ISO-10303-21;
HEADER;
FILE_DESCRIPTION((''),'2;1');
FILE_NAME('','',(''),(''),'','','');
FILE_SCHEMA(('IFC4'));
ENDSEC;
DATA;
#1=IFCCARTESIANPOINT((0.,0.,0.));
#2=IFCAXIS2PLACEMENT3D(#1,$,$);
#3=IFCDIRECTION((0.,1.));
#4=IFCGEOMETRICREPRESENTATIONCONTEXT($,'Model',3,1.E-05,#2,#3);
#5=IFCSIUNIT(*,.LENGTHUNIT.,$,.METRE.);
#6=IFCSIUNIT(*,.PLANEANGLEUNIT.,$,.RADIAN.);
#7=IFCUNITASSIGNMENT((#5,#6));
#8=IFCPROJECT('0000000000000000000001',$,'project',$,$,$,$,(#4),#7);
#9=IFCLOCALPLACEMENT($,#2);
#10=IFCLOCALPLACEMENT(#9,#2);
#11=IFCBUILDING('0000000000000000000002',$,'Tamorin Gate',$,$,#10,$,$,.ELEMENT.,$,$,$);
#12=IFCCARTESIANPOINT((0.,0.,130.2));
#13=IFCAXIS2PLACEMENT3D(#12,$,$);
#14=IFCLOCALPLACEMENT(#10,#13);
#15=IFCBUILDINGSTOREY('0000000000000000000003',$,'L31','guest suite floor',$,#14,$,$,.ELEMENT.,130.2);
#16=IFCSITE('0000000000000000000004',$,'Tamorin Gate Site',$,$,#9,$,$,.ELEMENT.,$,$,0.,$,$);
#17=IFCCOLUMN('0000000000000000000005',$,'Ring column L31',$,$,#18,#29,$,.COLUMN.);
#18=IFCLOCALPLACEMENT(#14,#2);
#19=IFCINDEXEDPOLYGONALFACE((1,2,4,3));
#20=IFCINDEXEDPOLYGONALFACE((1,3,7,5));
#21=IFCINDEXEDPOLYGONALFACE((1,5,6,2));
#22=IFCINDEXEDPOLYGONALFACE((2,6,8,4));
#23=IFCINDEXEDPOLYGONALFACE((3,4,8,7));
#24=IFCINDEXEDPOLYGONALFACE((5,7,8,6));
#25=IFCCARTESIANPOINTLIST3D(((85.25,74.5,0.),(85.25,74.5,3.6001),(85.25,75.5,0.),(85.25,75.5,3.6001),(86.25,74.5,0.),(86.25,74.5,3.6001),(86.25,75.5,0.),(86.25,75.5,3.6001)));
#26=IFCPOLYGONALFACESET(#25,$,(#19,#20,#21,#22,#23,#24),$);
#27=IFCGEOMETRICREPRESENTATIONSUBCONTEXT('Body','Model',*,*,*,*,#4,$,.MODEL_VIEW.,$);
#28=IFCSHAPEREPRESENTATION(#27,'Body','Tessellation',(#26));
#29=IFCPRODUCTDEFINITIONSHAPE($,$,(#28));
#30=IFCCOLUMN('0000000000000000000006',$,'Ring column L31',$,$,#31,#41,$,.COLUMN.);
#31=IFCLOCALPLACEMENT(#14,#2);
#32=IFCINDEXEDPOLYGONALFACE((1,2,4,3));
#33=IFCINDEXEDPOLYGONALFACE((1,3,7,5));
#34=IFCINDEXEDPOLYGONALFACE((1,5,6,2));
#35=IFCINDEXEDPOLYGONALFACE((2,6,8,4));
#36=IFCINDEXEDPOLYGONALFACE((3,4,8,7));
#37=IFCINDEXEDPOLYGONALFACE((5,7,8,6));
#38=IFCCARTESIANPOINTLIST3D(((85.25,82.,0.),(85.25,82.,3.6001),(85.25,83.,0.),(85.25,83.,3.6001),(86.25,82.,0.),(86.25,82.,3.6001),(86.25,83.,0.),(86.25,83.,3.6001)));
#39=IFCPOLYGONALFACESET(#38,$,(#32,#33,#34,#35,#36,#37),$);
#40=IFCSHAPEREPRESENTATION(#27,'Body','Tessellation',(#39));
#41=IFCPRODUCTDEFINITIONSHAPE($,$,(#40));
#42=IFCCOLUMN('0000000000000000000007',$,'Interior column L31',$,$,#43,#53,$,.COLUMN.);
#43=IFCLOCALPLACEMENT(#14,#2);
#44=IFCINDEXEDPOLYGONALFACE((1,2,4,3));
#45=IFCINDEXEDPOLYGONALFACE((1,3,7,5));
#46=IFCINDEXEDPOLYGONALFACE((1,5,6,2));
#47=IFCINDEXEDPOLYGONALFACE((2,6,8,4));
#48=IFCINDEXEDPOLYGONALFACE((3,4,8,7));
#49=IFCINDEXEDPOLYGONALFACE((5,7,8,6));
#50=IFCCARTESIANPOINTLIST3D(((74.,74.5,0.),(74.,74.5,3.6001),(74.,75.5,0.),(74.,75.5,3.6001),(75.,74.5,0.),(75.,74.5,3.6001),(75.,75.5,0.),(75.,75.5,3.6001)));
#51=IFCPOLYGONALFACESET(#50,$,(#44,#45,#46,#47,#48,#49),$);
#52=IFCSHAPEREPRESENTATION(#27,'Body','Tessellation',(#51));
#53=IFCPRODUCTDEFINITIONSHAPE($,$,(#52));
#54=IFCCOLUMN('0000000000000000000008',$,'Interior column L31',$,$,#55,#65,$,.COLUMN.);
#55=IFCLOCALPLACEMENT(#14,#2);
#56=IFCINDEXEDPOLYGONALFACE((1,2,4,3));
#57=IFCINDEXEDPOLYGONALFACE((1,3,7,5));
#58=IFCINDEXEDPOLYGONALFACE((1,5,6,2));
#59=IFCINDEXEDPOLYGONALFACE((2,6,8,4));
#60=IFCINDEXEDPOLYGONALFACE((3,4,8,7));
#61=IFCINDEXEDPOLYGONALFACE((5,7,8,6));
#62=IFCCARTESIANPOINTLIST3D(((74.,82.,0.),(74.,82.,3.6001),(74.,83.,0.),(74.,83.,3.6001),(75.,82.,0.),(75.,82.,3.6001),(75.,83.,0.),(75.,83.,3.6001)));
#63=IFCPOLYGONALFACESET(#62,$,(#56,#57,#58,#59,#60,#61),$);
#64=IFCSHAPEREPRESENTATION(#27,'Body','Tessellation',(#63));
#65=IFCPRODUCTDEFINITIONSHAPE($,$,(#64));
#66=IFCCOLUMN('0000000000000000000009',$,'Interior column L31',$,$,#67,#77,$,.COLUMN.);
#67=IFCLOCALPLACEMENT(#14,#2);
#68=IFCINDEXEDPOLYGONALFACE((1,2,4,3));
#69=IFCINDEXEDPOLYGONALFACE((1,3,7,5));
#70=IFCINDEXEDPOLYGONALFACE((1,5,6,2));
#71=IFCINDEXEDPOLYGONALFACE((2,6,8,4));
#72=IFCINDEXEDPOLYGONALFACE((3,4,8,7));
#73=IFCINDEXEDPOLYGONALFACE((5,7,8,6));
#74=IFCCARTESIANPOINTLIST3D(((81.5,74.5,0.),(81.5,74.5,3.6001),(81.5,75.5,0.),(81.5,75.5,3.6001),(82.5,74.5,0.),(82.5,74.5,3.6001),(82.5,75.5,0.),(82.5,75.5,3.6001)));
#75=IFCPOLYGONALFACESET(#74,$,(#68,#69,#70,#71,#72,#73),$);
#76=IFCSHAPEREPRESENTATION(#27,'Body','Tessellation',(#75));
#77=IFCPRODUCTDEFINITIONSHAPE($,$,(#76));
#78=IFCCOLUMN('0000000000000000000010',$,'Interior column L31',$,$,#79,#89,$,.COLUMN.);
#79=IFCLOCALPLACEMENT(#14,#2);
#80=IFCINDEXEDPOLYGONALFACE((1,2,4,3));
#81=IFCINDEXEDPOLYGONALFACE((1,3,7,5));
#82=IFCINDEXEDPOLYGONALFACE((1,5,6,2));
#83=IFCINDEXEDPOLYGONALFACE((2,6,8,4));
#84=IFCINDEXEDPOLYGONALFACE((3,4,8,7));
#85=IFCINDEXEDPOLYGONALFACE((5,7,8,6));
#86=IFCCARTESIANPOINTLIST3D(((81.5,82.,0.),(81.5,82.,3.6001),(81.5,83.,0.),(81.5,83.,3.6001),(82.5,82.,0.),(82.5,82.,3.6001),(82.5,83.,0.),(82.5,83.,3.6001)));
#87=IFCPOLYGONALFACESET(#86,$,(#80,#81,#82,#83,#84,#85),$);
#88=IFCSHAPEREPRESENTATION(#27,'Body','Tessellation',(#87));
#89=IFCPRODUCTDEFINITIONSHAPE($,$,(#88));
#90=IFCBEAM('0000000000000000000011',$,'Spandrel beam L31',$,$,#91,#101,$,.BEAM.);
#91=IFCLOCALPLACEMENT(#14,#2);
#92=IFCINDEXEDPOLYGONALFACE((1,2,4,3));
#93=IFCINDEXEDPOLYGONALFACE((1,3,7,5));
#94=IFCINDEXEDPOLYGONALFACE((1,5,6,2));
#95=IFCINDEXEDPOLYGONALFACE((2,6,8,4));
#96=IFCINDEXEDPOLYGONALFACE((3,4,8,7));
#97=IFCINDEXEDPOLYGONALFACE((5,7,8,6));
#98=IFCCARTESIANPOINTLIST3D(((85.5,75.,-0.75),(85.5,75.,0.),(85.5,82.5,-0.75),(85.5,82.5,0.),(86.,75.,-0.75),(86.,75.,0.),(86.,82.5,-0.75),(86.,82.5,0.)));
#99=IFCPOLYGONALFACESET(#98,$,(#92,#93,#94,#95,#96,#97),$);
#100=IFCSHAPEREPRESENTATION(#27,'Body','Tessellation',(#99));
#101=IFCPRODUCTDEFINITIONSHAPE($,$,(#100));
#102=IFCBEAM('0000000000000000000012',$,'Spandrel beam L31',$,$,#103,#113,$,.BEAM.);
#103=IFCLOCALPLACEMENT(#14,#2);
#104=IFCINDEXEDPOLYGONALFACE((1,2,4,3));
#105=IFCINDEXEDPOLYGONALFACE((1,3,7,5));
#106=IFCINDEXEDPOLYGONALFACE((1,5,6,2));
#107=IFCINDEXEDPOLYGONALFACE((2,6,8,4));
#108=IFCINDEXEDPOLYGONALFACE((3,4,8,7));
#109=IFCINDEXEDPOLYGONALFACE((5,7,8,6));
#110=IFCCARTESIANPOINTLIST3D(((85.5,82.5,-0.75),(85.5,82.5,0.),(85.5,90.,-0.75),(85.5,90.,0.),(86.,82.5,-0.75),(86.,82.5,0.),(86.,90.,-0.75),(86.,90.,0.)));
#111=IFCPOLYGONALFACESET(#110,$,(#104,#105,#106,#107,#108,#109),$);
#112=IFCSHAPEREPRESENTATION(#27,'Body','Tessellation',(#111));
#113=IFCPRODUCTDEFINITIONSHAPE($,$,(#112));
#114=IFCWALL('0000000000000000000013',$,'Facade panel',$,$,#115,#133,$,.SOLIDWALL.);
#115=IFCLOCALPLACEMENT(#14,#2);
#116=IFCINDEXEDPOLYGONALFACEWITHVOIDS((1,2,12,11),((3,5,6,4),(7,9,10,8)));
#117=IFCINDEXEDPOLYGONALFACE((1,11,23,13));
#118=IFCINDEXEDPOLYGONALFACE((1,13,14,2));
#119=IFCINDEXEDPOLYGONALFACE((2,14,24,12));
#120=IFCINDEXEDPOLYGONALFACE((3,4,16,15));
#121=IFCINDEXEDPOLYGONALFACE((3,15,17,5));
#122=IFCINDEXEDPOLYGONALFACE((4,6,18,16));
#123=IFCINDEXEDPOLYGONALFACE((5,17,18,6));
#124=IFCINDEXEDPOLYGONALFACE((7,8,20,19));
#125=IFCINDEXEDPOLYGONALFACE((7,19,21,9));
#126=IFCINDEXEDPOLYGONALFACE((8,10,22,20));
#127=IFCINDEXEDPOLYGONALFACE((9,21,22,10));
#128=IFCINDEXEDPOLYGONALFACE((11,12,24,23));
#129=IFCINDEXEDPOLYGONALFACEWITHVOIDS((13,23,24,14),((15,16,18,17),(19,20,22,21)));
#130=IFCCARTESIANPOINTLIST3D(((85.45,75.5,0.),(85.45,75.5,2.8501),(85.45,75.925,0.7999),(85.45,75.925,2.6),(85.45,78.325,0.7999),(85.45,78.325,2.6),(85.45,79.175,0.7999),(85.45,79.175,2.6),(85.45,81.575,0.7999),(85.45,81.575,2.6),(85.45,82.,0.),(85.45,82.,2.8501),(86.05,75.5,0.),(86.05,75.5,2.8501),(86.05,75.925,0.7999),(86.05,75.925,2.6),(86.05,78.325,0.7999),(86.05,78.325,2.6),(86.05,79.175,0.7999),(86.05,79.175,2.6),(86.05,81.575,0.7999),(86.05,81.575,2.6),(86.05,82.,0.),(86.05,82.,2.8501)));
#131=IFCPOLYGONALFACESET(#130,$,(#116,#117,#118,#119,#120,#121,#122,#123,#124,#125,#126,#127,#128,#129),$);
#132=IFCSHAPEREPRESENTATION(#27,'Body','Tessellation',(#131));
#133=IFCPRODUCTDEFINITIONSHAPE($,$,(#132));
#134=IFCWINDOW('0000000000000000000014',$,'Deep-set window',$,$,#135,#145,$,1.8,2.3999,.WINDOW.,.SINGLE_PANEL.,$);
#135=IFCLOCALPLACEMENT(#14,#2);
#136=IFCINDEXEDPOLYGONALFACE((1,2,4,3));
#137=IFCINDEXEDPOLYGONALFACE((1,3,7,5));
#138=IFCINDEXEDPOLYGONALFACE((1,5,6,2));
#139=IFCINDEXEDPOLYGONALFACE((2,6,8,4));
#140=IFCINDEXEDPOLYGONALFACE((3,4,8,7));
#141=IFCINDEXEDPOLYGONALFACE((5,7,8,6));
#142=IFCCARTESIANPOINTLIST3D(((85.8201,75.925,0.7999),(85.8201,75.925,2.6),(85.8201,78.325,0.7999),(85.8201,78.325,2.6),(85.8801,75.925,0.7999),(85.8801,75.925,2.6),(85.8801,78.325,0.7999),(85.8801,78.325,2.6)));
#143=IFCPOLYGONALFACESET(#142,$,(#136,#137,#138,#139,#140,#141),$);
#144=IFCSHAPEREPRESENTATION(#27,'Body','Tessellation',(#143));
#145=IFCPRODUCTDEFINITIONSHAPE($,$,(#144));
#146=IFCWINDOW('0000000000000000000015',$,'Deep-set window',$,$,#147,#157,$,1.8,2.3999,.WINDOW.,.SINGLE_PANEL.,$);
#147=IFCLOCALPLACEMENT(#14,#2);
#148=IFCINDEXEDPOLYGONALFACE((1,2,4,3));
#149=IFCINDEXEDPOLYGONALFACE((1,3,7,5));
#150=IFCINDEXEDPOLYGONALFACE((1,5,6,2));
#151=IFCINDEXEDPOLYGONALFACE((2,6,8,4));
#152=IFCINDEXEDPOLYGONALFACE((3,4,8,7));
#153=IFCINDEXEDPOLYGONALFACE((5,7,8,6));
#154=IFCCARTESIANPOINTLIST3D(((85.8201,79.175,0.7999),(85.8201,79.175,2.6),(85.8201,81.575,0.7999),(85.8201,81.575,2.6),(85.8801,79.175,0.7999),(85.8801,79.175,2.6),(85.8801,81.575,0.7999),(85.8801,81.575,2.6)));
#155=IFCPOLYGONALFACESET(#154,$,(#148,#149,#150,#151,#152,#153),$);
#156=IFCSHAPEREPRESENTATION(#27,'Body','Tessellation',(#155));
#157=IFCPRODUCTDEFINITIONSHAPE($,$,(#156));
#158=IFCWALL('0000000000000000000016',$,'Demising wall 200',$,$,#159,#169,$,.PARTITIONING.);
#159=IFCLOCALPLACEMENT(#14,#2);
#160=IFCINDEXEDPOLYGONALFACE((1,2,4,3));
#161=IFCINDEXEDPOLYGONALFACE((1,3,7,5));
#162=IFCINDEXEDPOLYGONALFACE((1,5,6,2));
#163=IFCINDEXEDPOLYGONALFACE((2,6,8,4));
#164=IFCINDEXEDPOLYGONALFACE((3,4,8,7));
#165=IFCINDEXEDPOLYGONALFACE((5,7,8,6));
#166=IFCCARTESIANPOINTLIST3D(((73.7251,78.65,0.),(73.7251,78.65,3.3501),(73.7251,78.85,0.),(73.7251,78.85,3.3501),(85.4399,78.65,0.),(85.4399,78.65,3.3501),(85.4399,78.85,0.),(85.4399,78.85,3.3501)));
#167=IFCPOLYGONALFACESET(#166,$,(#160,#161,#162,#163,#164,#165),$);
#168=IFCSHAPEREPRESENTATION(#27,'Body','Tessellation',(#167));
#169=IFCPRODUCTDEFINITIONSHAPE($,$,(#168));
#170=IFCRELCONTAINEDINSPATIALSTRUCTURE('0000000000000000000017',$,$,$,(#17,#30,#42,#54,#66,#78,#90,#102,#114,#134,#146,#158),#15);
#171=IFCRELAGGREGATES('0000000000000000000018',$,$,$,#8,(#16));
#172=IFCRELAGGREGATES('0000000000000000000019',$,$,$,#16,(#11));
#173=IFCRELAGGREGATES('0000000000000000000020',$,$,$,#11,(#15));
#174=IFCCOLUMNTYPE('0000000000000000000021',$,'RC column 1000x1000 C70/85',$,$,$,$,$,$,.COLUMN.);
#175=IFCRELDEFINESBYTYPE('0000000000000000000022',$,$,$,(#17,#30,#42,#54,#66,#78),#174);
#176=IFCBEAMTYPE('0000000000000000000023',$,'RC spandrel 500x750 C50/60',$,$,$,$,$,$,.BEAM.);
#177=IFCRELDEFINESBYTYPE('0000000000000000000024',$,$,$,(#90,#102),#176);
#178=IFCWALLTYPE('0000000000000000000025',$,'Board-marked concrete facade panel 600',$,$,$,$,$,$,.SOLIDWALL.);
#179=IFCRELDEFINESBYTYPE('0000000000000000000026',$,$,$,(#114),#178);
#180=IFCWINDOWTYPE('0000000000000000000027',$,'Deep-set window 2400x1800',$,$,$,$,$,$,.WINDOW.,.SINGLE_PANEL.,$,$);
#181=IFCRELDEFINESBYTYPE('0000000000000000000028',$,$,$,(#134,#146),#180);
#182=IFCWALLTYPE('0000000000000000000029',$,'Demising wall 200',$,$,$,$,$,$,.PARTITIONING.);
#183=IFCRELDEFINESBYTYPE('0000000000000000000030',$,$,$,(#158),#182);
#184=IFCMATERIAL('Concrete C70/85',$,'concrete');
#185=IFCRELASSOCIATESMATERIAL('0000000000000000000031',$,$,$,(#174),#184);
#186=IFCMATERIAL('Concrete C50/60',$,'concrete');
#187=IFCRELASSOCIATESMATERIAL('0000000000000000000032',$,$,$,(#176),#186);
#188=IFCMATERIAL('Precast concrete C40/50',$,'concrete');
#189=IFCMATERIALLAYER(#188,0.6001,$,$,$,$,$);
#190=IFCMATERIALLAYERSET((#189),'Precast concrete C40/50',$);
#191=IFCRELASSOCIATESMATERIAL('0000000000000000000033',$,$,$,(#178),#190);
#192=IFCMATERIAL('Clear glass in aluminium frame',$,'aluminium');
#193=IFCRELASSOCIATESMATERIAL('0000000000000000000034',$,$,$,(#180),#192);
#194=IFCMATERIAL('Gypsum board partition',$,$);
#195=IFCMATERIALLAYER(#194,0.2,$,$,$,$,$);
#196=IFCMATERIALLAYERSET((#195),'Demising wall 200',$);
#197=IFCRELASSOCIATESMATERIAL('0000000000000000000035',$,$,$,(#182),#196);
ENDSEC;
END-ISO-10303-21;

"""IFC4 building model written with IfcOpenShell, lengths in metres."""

from ifc_helpers import new_model, si_unit, direction, frame, frame_2d, origin, origin_2d, place, context, subcontext, project, spatial, rectangle, extrude, material, layer, layer_set, material_profile, profile_set, type_object, element, fill, save


model = new_model("IFC4")

# Units and contexts
model_context = context("Model", 3, precision=1e-05, world=origin(), true_north=direction((0.0, 1.0)))
body_context = subcontext(model_context, "Body", "Model", "MODEL_VIEW")
ifc_project = project(units=[si_unit("LENGTHUNIT", "METRE"), si_unit("PLANEANGLEUNIT", "RADIAN")], contexts=[model_context])

# Site, building, storey
site_placement = place(None, origin())
site = spatial("IfcSite", under=ifc_project, at=site_placement, Name="Tamorin Gate Site", CompositionType="ELEMENT", RefElevation=0.0)
building_placement = place(site_placement, origin())
building = spatial("IfcBuilding", under=site, at=building_placement, Name="Tamorin Gate", CompositionType="ELEMENT")
storey_placement = place(building_placement, frame((0.0, 0.0, 130.2)))
storey = spatial("IfcBuildingStorey", under=building, at=storey_placement, Name="L31", Description="guest suite floor", CompositionType="ELEMENT", Elevation=130.2)

# Columns
ifc_material_1 = material(Name="Concrete C70/85", Category="concrete")
ifc_material_profile_1 = material_profile(ifc_material_1, rectangle(XDim=1.0, YDim=1.0, at=origin_2d()), Name="RC 1000x1000")
ifc_profile_set_1 = profile_set([ifc_material_profile_1], Name="Concrete C70/85")
column_type = type_object("IfcColumnType", Name="RC column 1000x1000 C70/85", PredefinedType="COLUMN", material=ifc_profile_set_1)
for number, where, z_axis, x_axis, name in (
    (1, (85.75, 75.0, 0.0), (0.0, 0.0, 1.0), (1.0, 0.0, 0.0), "Ring column L31"),
    (2, (85.75, 82.5, 0.0), (0.0, 0.0, 1.0), (1.0, 0.0, 0.0), "Ring column L31"),
    (3, (74.5, 75.0, 0.0), (0.0, 0.0, 1.0), (1.0, 0.0, 0.0), "Interior column L31"),
    (4, (74.5, 82.5, 0.0), (0.0, 0.0, 1.0), (1.0, 0.0, 0.0), "Interior column L31"),
    (5, (82.0, 75.0, 0.0), (0.0, 0.0, 1.0), (1.0, 0.0, 0.0), "Interior column L31"),
    (6, (82.0, 82.5, 0.0), (0.0, 0.0, 1.0), (1.0, 0.0, 0.0), "Interior column L31"),
):
    element("IfcColumn", number, at=place(storey_placement, frame(where, z_axis=z_axis, x_axis=x_axis)), inside=storey, type_object=column_type, Name=name, PredefinedType="COLUMN", context=body_context, shape_type="SweptSolid", body=[
        extrude(rectangle(XDim=1.0, YDim=1.0, at=origin_2d()), origin(), (0.0, 0.0, 1.0), 3.6001),
    ])

# Beams
ifc_material_2 = material(Name="Concrete C50/60", Category="concrete")
ifc_material_profile_2 = material_profile(ifc_material_2, rectangle(XDim=0.5, YDim=0.75, at=origin_2d()), Name="RC 500x750")
ifc_profile_set_2 = profile_set([ifc_material_profile_2], Name="Concrete C50/60")
beam_type = type_object("IfcBeamType", Name="RC spandrel 500x750 C50/60", PredefinedType="BEAM", material=ifc_profile_set_2)
for number, where, z_axis, x_axis, name in (
    (7, (85.75, 75.0, -0.375), (0.0, 1.0, 0.0), (-1.0, 0.0, 0.0), "Spandrel beam L31"),
    (8, (85.75, 82.5, -0.375), (0.0, 1.0, 0.0), (-1.0, 0.0, 0.0), "Spandrel beam L31"),
):
    element("IfcBeam", number, at=place(storey_placement, frame(where, z_axis=z_axis, x_axis=x_axis)), inside=storey, type_object=beam_type, Name=name, PredefinedType="BEAM", context=body_context, shape_type="SweptSolid", body=[
        extrude(rectangle(XDim=0.5, YDim=0.75, at=origin_2d()), origin(), (0.0, 0.0, 1.0), 7.5),
    ])

# Wall, openings, windows
ifc_material_3 = material(Name="Precast concrete C40/50", Category="concrete")
ifc_layer_1 = layer(ifc_material_3, 0.6001)
ifc_layer_set_1 = layer_set([ifc_layer_1], Name="Precast concrete C40/50")
wall_type_1 = type_object("IfcWallType", Name="Board-marked concrete facade panel 600", PredefinedType="SOLIDWALL", material=ifc_layer_set_1)
wall_1_placement = place(storey_placement, frame((85.75, 75.5, 0.0), z_axis=(0.0, 0.0, 1.0), x_axis=(0.0, 1.0, 0.0)))
wall_1 = element("IfcWall", 9, at=wall_1_placement, inside=storey, type_object=wall_type_1, Name="Facade panel", PredefinedType="SOLIDWALL", context=body_context, shape_type="SweptSolid", body=[
    extrude(rectangle(XDim=6.5, YDim=0.6001, at=frame_2d((3.25, 0.0))), origin(), (0.0, 0.0, 1.0), 2.8501),
])
opening_1_placement = place(wall_1_placement, frame((0.425, 0.0, 0.8)))
opening_1 = element("IfcOpeningElement", 10, at=opening_1_placement, cuts=wall_1, PredefinedType="OPENING", context=body_context, shape_type="SweptSolid", body=[
    extrude(rectangle(XDim=2.3999, YDim=1.8, at=frame_2d((1.2, 0.8999))), frame((0.0, 0.3101, 0.0), z_axis=(0.0, -1.0, 0.0), x_axis=(1.0, 0.0, 0.0)), (0.0, 0.0, 1.0), 0.6201),
])
opening_2_placement = place(wall_1_placement, frame((3.675, 0.0, 0.8)))
opening_2 = element("IfcOpeningElement", 11, at=opening_2_placement, cuts=wall_1, PredefinedType="OPENING", context=body_context, shape_type="SweptSolid", body=[
    extrude(rectangle(XDim=2.3999, YDim=1.8, at=frame_2d((1.2, 0.8999))), frame((0.0, 0.3101, 0.0), z_axis=(0.0, -1.0, 0.0), x_axis=(1.0, 0.0, 0.0)), (0.0, 0.0, 1.0), 0.6201),
])
ifc_material_4 = material(Name="Clear glass in aluminium frame", Category="aluminium")
window_type = type_object("IfcWindowType", Name="Deep-set window 2400x1800", PartitioningType="SINGLE_PANEL", PredefinedType="WINDOW", material=ifc_material_4)
window_1_placement = place(opening_1_placement, origin())
window_1 = element("IfcWindow", 12, at=window_1_placement, inside=storey, type_object=window_type, Name="Deep-set window", OverallHeight=1.8, OverallWidth=2.3999, PartitioningType="SINGLE_PANEL", PredefinedType="WINDOW", context=body_context, shape_type="SweptSolid", body=[
    extrude(rectangle(XDim=2.3999, YDim=1.8, at=frame_2d((1.2, 0.8999))), frame((0.0, -0.0701, 0.0), z_axis=(0.0, -1.0, 0.0), x_axis=(1.0, 0.0, 0.0)), (0.0, 0.0, 1.0), 0.0601),
])
fill(opening_1, window_1)
window_2_placement = place(opening_2_placement, origin())
window_2 = element("IfcWindow", 13, at=window_2_placement, inside=storey, type_object=window_type, Name="Deep-set window", OverallHeight=1.8, OverallWidth=2.3999, PartitioningType="SINGLE_PANEL", PredefinedType="WINDOW", context=body_context, shape_type="SweptSolid", body=[
    extrude(rectangle(XDim=2.3999, YDim=1.8, at=frame_2d((1.2, 0.8999))), frame((0.0, -0.0701, 0.0), z_axis=(0.0, -1.0, 0.0), x_axis=(1.0, 0.0, 0.0)), (0.0, 0.0, 1.0), 0.0601),
])
fill(opening_2, window_2)

# Wall
ifc_material_5 = material(Name="Gypsum board partition")
ifc_layer_2 = layer(ifc_material_5, 0.2)
ifc_layer_set_2 = layer_set([ifc_layer_2], Name="Demising wall 200")
wall_type_2 = type_object("IfcWallType", Name="Demising wall 200", PredefinedType="PARTITIONING", material=ifc_layer_set_2)
wall_2_placement = place(storey_placement, frame((73.7251, 78.75, 0.0), z_axis=(0.0, 0.0, 1.0), x_axis=(1.0, 0.0, 0.0)))
element("IfcWall", 14, at=wall_2_placement, inside=storey, type_object=wall_type_2, Name="Demising wall 200", PredefinedType="PARTITIONING", context=body_context, shape_type="SweptSolid", body=[
    extrude(rectangle(XDim=11.7148, YDim=0.2, at=frame_2d((5.8574, 0.0))), origin(), (0.0, 0.0, 1.0), 3.3501),
])

save(model, "model.ifc")
